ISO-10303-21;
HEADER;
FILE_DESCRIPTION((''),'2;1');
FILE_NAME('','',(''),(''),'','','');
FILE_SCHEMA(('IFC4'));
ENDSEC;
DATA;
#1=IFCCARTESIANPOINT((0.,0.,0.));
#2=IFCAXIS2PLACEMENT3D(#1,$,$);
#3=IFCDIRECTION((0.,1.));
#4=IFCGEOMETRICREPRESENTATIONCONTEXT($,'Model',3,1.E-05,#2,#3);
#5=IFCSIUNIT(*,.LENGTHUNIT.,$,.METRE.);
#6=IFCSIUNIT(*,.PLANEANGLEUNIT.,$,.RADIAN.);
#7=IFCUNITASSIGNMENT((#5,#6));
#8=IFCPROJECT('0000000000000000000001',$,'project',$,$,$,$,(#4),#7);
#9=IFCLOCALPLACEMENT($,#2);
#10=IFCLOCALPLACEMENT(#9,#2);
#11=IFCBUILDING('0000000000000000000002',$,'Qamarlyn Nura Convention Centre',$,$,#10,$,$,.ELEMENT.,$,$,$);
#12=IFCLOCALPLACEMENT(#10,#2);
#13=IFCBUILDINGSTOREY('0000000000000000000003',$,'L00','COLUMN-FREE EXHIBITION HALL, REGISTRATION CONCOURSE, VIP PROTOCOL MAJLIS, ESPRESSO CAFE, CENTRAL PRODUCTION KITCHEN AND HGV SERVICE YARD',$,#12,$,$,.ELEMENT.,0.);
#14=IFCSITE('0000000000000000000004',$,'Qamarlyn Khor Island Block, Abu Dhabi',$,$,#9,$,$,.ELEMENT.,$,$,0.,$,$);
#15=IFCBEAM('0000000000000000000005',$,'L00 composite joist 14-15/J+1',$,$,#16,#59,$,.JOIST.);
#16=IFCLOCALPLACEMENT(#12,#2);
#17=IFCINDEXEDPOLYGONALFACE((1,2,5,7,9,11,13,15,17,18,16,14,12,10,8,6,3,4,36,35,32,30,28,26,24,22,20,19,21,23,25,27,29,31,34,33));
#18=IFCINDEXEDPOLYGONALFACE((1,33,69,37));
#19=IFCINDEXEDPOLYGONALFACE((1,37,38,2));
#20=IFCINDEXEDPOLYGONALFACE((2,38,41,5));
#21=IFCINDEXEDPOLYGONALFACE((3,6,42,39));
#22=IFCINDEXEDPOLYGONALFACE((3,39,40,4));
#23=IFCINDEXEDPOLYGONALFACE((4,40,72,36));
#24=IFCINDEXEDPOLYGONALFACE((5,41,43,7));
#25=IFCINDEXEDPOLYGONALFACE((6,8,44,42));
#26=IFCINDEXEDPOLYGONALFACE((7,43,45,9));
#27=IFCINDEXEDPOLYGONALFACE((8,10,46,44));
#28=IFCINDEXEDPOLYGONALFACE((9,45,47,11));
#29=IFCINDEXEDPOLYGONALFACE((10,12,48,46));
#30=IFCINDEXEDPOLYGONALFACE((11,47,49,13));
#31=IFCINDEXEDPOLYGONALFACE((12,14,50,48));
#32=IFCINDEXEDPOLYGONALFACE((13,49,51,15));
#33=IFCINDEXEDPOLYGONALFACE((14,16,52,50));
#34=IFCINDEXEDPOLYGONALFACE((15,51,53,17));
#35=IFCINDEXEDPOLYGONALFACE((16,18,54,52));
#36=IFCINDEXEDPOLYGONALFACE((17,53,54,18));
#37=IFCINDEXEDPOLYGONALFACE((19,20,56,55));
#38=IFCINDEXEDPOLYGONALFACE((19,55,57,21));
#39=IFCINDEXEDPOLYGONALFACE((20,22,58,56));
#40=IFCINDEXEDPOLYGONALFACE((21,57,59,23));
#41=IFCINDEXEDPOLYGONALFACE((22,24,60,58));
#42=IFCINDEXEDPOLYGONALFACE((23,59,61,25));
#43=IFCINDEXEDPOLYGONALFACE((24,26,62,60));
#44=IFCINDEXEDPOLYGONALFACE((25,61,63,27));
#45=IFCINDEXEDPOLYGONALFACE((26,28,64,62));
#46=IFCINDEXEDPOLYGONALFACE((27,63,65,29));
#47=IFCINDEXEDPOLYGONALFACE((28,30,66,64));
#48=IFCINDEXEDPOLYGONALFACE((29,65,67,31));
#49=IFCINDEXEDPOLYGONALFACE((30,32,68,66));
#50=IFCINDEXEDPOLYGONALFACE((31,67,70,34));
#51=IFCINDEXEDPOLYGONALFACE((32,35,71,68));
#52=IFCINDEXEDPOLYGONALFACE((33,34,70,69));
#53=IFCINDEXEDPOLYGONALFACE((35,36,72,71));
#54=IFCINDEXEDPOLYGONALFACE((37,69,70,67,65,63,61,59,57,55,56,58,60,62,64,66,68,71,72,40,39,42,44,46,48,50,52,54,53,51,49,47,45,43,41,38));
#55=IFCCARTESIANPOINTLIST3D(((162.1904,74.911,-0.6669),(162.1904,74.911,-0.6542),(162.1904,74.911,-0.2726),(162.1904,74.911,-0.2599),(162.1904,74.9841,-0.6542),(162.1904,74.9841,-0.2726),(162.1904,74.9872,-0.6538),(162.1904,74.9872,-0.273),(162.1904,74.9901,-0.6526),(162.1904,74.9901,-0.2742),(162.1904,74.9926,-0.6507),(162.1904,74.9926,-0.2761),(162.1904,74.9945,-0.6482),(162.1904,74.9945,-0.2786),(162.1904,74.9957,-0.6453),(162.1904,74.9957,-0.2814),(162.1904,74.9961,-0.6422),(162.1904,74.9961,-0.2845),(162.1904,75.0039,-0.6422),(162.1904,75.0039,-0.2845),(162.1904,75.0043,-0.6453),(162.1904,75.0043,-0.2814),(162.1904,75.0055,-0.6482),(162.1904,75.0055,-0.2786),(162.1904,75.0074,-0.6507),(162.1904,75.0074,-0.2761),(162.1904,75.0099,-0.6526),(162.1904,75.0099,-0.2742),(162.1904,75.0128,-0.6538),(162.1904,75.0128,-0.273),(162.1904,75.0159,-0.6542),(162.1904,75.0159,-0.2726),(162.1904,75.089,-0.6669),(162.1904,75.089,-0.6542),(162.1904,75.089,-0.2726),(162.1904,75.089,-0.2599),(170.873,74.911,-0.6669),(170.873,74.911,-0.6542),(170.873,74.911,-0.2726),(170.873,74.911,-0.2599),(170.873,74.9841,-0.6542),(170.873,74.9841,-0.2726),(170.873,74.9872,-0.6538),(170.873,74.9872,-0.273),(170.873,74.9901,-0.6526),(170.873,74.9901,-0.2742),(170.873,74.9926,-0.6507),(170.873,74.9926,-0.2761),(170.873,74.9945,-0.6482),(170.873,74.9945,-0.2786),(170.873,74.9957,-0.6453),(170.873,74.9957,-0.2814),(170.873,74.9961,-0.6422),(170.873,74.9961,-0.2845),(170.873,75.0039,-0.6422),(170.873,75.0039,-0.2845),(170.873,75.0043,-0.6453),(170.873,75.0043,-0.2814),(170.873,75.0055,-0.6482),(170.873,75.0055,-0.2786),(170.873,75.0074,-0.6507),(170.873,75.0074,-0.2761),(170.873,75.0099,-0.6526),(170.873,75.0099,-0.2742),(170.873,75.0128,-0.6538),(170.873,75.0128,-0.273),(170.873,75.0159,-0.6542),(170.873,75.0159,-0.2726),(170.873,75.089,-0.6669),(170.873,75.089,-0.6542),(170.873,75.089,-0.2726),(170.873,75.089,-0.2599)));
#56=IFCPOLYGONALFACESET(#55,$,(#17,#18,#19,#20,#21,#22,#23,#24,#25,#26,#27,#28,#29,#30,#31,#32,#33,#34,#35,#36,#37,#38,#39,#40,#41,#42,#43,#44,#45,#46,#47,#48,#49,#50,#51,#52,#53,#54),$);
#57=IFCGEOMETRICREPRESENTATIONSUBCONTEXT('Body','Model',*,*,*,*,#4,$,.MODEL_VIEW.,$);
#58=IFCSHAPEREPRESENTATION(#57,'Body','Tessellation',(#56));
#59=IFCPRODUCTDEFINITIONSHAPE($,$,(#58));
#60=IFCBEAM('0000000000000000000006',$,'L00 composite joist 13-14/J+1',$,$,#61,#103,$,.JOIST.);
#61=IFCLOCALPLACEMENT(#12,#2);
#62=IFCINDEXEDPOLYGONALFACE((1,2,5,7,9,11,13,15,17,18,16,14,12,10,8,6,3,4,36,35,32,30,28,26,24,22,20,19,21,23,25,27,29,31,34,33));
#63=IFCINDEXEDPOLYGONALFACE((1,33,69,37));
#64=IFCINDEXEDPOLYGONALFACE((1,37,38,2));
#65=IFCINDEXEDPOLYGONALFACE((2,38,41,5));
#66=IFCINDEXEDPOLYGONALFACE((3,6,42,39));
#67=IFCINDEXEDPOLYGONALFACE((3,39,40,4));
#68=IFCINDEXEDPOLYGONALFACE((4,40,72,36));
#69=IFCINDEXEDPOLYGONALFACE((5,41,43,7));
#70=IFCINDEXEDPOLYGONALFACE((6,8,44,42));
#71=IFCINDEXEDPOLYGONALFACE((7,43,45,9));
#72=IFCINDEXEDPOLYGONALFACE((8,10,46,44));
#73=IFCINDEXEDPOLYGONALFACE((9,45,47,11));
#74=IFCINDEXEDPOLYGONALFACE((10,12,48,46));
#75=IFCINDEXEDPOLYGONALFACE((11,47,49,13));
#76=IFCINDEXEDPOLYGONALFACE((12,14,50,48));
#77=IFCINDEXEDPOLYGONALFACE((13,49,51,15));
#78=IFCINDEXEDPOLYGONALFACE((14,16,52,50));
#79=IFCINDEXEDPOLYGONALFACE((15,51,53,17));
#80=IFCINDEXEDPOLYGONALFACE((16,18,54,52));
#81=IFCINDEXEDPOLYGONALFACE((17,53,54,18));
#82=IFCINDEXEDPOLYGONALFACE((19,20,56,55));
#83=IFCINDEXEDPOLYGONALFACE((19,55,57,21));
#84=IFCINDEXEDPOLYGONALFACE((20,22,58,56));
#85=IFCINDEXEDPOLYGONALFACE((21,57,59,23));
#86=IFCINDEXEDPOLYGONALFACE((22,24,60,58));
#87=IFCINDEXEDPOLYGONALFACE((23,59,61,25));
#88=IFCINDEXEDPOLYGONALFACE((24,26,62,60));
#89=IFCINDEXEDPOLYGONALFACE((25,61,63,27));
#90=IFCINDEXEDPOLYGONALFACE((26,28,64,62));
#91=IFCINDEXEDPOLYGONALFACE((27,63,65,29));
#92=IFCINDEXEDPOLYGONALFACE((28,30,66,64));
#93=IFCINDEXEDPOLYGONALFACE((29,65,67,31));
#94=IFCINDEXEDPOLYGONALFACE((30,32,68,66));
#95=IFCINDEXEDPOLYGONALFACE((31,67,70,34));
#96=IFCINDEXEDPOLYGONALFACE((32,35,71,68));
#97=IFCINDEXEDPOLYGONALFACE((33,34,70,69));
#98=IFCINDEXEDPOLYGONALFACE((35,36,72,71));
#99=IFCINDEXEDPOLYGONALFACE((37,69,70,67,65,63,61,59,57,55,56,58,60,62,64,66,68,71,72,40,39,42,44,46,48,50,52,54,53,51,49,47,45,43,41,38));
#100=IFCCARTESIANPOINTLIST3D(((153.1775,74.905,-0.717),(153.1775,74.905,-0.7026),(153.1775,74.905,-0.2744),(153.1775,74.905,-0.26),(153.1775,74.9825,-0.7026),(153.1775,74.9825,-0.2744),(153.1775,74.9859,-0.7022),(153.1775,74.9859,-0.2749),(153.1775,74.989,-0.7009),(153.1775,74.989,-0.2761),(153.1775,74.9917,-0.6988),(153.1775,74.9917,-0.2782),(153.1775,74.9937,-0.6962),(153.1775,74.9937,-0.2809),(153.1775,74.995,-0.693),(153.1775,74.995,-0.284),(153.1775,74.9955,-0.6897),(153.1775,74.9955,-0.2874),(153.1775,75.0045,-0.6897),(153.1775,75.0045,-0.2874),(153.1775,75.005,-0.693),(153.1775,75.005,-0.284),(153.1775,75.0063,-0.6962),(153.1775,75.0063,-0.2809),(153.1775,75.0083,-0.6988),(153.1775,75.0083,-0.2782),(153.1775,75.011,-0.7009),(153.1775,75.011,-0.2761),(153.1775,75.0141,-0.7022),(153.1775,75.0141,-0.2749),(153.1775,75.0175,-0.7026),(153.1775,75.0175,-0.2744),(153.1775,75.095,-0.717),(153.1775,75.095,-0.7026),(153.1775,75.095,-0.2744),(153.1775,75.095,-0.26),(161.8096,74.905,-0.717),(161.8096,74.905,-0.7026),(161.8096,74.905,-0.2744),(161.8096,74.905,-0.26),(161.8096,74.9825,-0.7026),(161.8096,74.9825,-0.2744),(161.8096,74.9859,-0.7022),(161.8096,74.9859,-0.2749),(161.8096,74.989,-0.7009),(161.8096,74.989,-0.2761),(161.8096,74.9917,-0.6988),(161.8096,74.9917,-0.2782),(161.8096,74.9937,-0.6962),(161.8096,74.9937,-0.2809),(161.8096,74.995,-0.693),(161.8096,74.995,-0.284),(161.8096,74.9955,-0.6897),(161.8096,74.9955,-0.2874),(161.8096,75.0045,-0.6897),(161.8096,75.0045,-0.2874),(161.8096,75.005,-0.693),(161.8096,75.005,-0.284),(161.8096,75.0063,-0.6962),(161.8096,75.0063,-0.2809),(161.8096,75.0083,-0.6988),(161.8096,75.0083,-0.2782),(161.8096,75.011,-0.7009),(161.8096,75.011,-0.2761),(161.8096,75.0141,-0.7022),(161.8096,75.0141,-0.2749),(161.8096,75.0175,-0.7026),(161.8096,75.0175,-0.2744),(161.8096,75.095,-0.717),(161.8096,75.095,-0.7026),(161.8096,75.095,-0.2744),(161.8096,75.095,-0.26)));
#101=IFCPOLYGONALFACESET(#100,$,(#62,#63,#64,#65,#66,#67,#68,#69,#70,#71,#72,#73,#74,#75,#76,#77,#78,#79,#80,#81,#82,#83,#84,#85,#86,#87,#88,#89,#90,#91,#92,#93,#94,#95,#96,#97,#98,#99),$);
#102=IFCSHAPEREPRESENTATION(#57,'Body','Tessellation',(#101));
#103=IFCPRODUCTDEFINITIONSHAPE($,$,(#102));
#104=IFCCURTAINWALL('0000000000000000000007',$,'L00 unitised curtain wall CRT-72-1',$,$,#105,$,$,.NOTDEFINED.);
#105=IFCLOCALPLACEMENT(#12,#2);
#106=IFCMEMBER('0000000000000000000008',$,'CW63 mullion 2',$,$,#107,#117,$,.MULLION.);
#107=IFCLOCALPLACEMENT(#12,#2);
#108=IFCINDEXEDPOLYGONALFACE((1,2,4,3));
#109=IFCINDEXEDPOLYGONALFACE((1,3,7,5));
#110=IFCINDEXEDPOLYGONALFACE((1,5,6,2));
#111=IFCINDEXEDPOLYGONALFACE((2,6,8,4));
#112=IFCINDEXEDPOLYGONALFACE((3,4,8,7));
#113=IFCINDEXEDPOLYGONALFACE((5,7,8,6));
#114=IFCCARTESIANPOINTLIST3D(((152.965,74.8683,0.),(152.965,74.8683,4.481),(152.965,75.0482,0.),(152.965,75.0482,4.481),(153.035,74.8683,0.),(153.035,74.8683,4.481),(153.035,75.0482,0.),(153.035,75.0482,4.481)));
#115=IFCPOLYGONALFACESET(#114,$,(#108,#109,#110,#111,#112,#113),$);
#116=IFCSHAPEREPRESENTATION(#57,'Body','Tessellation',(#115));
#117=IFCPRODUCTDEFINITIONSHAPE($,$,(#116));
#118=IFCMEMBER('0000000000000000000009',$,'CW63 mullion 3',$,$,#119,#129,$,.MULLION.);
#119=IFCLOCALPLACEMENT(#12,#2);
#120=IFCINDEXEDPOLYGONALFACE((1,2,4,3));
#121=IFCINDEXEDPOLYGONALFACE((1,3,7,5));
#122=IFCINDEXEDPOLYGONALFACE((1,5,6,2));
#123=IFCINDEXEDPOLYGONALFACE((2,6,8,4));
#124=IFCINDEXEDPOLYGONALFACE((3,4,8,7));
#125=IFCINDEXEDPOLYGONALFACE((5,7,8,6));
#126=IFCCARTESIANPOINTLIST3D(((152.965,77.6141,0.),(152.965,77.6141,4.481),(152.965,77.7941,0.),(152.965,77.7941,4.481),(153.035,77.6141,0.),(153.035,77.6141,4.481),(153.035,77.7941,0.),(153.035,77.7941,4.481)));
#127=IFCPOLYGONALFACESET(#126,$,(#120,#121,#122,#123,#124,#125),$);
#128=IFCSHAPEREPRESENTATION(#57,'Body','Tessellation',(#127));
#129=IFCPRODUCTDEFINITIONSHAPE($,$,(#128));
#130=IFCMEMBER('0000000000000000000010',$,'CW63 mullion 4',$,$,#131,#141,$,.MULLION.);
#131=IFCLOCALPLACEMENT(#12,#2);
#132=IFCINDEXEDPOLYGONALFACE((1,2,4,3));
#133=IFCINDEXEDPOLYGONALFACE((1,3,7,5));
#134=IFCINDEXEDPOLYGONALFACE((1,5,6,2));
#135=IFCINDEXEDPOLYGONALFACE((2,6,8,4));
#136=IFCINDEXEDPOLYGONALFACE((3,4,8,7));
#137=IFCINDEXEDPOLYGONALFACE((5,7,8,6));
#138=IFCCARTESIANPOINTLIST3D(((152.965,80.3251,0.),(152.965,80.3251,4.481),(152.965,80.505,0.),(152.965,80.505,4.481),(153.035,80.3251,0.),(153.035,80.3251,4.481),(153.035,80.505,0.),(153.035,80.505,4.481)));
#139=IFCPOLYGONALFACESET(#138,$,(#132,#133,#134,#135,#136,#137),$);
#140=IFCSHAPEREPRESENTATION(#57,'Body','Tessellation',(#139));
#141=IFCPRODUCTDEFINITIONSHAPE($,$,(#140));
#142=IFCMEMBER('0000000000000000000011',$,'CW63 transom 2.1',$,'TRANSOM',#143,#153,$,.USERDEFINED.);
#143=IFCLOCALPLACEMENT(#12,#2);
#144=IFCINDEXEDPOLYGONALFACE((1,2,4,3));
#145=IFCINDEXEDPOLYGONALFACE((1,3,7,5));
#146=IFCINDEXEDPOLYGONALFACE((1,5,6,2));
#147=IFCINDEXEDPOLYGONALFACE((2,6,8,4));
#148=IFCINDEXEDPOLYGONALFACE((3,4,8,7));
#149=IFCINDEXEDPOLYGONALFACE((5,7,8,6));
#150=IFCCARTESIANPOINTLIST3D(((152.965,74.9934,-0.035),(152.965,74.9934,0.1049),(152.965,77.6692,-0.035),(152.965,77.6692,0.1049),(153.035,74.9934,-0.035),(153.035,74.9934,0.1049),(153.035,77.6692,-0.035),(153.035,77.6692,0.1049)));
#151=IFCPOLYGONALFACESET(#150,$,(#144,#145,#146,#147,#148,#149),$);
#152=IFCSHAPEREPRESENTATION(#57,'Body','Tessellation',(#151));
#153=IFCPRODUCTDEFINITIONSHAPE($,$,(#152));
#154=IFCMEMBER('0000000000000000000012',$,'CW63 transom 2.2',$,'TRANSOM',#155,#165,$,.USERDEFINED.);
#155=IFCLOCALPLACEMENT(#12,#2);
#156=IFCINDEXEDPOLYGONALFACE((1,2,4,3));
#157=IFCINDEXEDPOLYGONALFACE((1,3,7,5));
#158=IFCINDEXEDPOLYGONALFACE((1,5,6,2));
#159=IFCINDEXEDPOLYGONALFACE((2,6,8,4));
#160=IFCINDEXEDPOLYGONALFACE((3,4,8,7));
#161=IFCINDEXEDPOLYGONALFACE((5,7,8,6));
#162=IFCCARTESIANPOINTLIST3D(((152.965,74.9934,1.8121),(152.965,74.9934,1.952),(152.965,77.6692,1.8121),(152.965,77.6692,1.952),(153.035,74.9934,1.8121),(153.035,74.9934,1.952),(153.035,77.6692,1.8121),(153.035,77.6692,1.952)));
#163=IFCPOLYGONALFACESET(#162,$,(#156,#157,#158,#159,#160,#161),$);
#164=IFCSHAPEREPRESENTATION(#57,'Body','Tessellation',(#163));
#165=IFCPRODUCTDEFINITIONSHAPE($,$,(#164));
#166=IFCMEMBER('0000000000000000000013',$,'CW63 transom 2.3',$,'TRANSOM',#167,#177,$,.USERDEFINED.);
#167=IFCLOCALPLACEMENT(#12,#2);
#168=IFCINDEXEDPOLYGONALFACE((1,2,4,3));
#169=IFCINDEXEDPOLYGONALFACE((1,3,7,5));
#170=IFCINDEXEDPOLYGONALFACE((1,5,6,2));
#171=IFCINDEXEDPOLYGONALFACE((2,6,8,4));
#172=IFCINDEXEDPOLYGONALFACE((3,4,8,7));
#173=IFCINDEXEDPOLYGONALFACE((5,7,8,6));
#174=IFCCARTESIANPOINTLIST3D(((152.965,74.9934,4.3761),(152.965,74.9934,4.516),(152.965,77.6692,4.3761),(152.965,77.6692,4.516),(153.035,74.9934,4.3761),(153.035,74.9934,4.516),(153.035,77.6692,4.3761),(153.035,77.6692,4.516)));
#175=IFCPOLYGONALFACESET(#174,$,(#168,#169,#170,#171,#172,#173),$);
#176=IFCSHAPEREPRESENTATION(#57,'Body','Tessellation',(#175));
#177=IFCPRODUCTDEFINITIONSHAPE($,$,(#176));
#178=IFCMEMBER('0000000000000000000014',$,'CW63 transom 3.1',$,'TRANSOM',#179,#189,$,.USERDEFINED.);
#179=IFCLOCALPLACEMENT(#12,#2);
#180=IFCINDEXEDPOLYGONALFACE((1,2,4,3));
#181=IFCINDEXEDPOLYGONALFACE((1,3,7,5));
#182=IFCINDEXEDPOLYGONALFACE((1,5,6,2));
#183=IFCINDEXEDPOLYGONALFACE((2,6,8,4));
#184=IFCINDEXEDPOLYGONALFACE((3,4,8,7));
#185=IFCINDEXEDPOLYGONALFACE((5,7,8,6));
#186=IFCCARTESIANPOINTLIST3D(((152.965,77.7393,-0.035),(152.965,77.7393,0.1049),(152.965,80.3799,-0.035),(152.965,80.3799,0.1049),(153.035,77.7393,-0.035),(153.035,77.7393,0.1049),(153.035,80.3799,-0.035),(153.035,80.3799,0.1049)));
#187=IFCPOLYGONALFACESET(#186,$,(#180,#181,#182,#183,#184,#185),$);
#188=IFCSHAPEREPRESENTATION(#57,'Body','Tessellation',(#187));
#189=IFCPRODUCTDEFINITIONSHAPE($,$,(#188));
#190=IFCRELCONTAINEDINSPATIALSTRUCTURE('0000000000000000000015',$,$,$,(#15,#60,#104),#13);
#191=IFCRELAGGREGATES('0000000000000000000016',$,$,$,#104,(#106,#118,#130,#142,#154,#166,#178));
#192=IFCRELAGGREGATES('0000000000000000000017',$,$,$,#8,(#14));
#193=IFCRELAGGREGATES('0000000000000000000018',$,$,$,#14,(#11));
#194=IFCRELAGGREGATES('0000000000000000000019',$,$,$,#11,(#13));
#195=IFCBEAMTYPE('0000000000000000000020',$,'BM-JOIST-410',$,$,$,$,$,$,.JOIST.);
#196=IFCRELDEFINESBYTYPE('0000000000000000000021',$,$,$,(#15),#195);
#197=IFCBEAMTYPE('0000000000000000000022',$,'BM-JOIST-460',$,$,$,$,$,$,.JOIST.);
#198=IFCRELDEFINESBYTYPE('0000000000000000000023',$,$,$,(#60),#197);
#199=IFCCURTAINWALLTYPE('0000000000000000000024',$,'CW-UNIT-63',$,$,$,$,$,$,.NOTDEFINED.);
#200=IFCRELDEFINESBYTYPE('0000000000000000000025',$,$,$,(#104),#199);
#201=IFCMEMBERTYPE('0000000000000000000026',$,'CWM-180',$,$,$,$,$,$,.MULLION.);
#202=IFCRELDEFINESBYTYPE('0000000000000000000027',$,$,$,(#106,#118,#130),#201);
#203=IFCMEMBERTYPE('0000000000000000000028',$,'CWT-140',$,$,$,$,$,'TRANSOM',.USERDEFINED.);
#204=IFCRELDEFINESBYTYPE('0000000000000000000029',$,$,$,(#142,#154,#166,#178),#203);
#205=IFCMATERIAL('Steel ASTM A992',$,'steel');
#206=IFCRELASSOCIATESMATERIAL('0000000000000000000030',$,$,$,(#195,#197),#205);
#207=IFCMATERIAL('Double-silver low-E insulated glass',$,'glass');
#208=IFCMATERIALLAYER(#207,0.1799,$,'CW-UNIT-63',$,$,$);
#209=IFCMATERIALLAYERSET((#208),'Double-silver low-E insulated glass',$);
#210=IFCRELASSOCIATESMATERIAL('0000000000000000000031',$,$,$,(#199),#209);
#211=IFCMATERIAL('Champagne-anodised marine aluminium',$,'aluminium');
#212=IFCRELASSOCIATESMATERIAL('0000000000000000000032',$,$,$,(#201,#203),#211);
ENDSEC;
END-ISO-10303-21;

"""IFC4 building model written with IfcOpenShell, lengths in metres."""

from ifc_helpers import new_model, si_unit, direction, frame, origin, origin_2d, place, context, subcontext, project, spatial, rectangle, i_section, extrude, material, layer, layer_set, material_profile, profile_set, type_object, element, aggregate, save


model = new_model("IFC4")

# Units and contexts
model_context = context("Model", 3, precision=1e-05, world=origin(), true_north=direction((0.0, 1.0)))
body_context = subcontext(model_context, "Body", "Model", "MODEL_VIEW")
ifc_project = project(units=[si_unit("LENGTHUNIT", "METRE"), si_unit("PLANEANGLEUNIT", "RADIAN")], contexts=[model_context])

# Site, building, storey
site_placement = place(None, origin())
site = spatial("IfcSite", under=ifc_project, at=site_placement, Name="Qamarlyn Khor Island Block, Abu Dhabi", CompositionType="ELEMENT", RefElevation=0.0)
building_placement = place(site_placement, origin())
building = spatial("IfcBuilding", under=site, at=building_placement, Name="Qamarlyn Nura Convention Centre", CompositionType="ELEMENT")
storey_placement = place(building_placement, origin())
storey = spatial("IfcBuildingStorey", under=building, at=storey_placement, Name="L00", Description="COLUMN-FREE EXHIBITION HALL, REGISTRATION CONCOURSE, VIP PROTOCOL MAJLIS, ESPRESSO CAFE, CENTRAL PRODUCTION KITCHEN AND HGV SERVICE YARD", CompositionType="ELEMENT", Elevation=0.0)

# Beams
ifc_material_1 = material(Name="Steel ASTM A992", Category="steel")
ifc_material_profile_1 = material_profile(ifc_material_1, i_section(OverallWidth=0.178, OverallDepth=0.407, WebThickness=0.0078, FlangeThickness=0.0127, FilletRadius=0.012, at=origin_2d()), Name="W410X60")
ifc_profile_set_1 = profile_set([ifc_material_profile_1], Name="Steel ASTM A992")
beam_type_1 = type_object("IfcBeamType", Name="BM-JOIST-410", PredefinedType="JOIST", material=ifc_profile_set_1)
beam_1_placement = place(storey_placement, frame((162.1904, 75.0, -0.4634), z_axis=(1.0, 0.0, 0.0), x_axis=(0.0, 1.0, 0.0)))
element("IfcBeam", 1, at=beam_1_placement, inside=storey, type_object=beam_type_1, Name="L00 composite joist 14-15/J+1", PredefinedType="JOIST", context=body_context, shape_type="SweptSolid", body=[
    extrude(i_section(OverallWidth=0.178, OverallDepth=0.407, WebThickness=0.0078, FlangeThickness=0.0127, FilletRadius=0.012, at=origin_2d()), origin(), (0.0, 0.0, 1.0), 8.6826),
])
ifc_material_profile_2 = material_profile(ifc_material_1, i_section(OverallWidth=0.1899, OverallDepth=0.457, WebThickness=0.009, FlangeThickness=0.0144, FilletRadius=0.0129, at=origin_2d()), Name="W460X74")
ifc_profile_set_2 = profile_set([ifc_material_profile_2], Name="Steel ASTM A992")
beam_type_2 = type_object("IfcBeamType", Name="BM-JOIST-460", PredefinedType="JOIST", material=ifc_profile_set_2)
beam_2_placement = place(storey_placement, frame((153.1775, 75.0, -0.4885), z_axis=(1.0, 0.0, 0.0), x_axis=(0.0, 1.0, 0.0)))
element("IfcBeam", 2, at=beam_2_placement, inside=storey, type_object=beam_type_2, Name="L00 composite joist 13-14/J+1", PredefinedType="JOIST", context=body_context, shape_type="SweptSolid", body=[
    extrude(i_section(OverallWidth=0.1899, OverallDepth=0.457, WebThickness=0.009, FlangeThickness=0.0144, FilletRadius=0.0129, at=origin_2d()), origin(), (0.0, 0.0, 1.0), 8.6321),
])

# Curtain wall, members
ifc_material_2 = material(Name="Double-silver low-E insulated glass", Category="glass")
ifc_layer_1 = layer(ifc_material_2, 0.1799, Name="CW-UNIT-63")
ifc_layer_set_1 = layer_set([ifc_layer_1], Name="Double-silver low-E insulated glass")
curtain_wall_type = type_object("IfcCurtainWallType", Name="CW-UNIT-63", PredefinedType="NOTDEFINED", material=ifc_layer_set_1)
curtain_wall_placement = place(storey_placement, origin())
curtain_wall = element("IfcCurtainWall", 3, at=curtain_wall_placement, inside=storey, type_object=curtain_wall_type, Name="L00 unitised curtain wall CRT-72-1", PredefinedType="NOTDEFINED")
ifc_material_3 = material(Name="Champagne-anodised marine aluminium", Category="aluminium")
ifc_material_profile_3 = material_profile(ifc_material_3, rectangle(XDim=0.0701, YDim=0.1799, at=origin_2d()), Name="ALU MULLION 70x180")
ifc_profile_set_3 = profile_set([ifc_material_profile_3], Name="Champagne-anodised marine aluminium")
member_type_1 = type_object("IfcMemberType", Name="CWM-180", PredefinedType="MULLION", material=ifc_profile_set_3)
member_1_placement = place(storey_placement, frame((153.0, 74.9583, 0.0), z_axis=(0.0, 0.0, 1.0), x_axis=(-1.0, 0.0, 0.0)))
member_1 = element("IfcMember", 4, at=member_1_placement, type_object=member_type_1, Name="CW63 mullion 2", PredefinedType="MULLION", context=body_context, shape_type="SweptSolid", body=[
    extrude(rectangle(XDim=0.0701, YDim=0.1799, at=origin_2d()), origin(), (0.0, 0.0, 1.0), 4.481),
])
member_2_placement = place(storey_placement, frame((153.0, 77.7041, 0.0), z_axis=(0.0, 0.0, 1.0), x_axis=(-1.0, 0.0, 0.0)))
member_2 = element("IfcMember", 5, at=member_2_placement, type_object=member_type_1, Name="CW63 mullion 3", PredefinedType="MULLION", context=body_context, shape_type="SweptSolid", body=[
    extrude(rectangle(XDim=0.0701, YDim=0.1799, at=origin_2d()), origin(), (0.0, 0.0, 1.0), 4.481),
])
member_3_placement = place(storey_placement, frame((153.0, 80.415, 0.0), z_axis=(0.0, 0.0, 1.0), x_axis=(-1.0, 0.0, 0.0)))
member_3 = element("IfcMember", 6, at=member_3_placement, type_object=member_type_1, Name="CW63 mullion 4", PredefinedType="MULLION", context=body_context, shape_type="SweptSolid", body=[
    extrude(rectangle(XDim=0.0701, YDim=0.1799, at=origin_2d()), origin(), (0.0, 0.0, 1.0), 4.481),
])
ifc_material_profile_4 = material_profile(ifc_material_3, rectangle(XDim=0.0701, YDim=0.1399, at=origin_2d()), Name="ALU TRANSOM 70x140")
ifc_profile_set_4 = profile_set([ifc_material_profile_4], Name="Champagne-anodised marine aluminium")
member_type_2 = type_object("IfcMemberType", Name="CWT-140", ElementType="TRANSOM", PredefinedType="USERDEFINED", material=ifc_profile_set_4)
member_4_placement = place(storey_placement, frame((153.0, 74.9934, 0.0349), z_axis=(0.0, 1.0, 0.0), x_axis=(-1.0, 0.0, 0.0)))
member_4 = element("IfcMember", 7, at=member_4_placement, type_object=member_type_2, Name="CW63 transom 2.1", ObjectType="TRANSOM", PredefinedType="USERDEFINED", context=body_context, shape_type="SweptSolid", body=[
    extrude(rectangle(XDim=0.0701, YDim=0.1399, at=origin_2d()), origin(), (0.0, 0.0, 1.0), 2.6758),
])
member_5_placement = place(storey_placement, frame((153.0, 74.9934, 1.8821), z_axis=(0.0, 1.0, 0.0), x_axis=(-1.0, 0.0, 0.0)))
member_5 = element("IfcMember", 8, at=member_5_placement, type_object=member_type_2, Name="CW63 transom 2.2", ObjectType="TRANSOM", PredefinedType="USERDEFINED", context=body_context, shape_type="SweptSolid", body=[
    extrude(rectangle(XDim=0.0701, YDim=0.1399, at=origin_2d()), origin(), (0.0, 0.0, 1.0), 2.6758),
])
member_6_placement = place(storey_placement, frame((153.0, 74.9934, 4.446), z_axis=(0.0, 1.0, 0.0), x_axis=(-1.0, 0.0, 0.0)))
member_6 = element("IfcMember", 9, at=member_6_placement, type_object=member_type_2, Name="CW63 transom 2.3", ObjectType="TRANSOM", PredefinedType="USERDEFINED", context=body_context, shape_type="SweptSolid", body=[
    extrude(rectangle(XDim=0.0701, YDim=0.1399, at=origin_2d()), origin(), (0.0, 0.0, 1.0), 2.6758),
])
member_7_placement = place(storey_placement, frame((153.0, 77.7393, 0.0349), z_axis=(0.0, 1.0, 0.0), x_axis=(-1.0, 0.0, 0.0)))
member_7 = element("IfcMember", 10, at=member_7_placement, type_object=member_type_2, Name="CW63 transom 3.1", ObjectType="TRANSOM", PredefinedType="USERDEFINED", context=body_context, shape_type="SweptSolid", body=[
    extrude(rectangle(XDim=0.0701, YDim=0.1399, at=origin_2d()), origin(), (0.0, 0.0, 1.0), 2.6406),
])
aggregate(curtain_wall, [member_1, member_2, member_3, member_4, member_5, member_6, member_7])

save(model, "model.ifc")
